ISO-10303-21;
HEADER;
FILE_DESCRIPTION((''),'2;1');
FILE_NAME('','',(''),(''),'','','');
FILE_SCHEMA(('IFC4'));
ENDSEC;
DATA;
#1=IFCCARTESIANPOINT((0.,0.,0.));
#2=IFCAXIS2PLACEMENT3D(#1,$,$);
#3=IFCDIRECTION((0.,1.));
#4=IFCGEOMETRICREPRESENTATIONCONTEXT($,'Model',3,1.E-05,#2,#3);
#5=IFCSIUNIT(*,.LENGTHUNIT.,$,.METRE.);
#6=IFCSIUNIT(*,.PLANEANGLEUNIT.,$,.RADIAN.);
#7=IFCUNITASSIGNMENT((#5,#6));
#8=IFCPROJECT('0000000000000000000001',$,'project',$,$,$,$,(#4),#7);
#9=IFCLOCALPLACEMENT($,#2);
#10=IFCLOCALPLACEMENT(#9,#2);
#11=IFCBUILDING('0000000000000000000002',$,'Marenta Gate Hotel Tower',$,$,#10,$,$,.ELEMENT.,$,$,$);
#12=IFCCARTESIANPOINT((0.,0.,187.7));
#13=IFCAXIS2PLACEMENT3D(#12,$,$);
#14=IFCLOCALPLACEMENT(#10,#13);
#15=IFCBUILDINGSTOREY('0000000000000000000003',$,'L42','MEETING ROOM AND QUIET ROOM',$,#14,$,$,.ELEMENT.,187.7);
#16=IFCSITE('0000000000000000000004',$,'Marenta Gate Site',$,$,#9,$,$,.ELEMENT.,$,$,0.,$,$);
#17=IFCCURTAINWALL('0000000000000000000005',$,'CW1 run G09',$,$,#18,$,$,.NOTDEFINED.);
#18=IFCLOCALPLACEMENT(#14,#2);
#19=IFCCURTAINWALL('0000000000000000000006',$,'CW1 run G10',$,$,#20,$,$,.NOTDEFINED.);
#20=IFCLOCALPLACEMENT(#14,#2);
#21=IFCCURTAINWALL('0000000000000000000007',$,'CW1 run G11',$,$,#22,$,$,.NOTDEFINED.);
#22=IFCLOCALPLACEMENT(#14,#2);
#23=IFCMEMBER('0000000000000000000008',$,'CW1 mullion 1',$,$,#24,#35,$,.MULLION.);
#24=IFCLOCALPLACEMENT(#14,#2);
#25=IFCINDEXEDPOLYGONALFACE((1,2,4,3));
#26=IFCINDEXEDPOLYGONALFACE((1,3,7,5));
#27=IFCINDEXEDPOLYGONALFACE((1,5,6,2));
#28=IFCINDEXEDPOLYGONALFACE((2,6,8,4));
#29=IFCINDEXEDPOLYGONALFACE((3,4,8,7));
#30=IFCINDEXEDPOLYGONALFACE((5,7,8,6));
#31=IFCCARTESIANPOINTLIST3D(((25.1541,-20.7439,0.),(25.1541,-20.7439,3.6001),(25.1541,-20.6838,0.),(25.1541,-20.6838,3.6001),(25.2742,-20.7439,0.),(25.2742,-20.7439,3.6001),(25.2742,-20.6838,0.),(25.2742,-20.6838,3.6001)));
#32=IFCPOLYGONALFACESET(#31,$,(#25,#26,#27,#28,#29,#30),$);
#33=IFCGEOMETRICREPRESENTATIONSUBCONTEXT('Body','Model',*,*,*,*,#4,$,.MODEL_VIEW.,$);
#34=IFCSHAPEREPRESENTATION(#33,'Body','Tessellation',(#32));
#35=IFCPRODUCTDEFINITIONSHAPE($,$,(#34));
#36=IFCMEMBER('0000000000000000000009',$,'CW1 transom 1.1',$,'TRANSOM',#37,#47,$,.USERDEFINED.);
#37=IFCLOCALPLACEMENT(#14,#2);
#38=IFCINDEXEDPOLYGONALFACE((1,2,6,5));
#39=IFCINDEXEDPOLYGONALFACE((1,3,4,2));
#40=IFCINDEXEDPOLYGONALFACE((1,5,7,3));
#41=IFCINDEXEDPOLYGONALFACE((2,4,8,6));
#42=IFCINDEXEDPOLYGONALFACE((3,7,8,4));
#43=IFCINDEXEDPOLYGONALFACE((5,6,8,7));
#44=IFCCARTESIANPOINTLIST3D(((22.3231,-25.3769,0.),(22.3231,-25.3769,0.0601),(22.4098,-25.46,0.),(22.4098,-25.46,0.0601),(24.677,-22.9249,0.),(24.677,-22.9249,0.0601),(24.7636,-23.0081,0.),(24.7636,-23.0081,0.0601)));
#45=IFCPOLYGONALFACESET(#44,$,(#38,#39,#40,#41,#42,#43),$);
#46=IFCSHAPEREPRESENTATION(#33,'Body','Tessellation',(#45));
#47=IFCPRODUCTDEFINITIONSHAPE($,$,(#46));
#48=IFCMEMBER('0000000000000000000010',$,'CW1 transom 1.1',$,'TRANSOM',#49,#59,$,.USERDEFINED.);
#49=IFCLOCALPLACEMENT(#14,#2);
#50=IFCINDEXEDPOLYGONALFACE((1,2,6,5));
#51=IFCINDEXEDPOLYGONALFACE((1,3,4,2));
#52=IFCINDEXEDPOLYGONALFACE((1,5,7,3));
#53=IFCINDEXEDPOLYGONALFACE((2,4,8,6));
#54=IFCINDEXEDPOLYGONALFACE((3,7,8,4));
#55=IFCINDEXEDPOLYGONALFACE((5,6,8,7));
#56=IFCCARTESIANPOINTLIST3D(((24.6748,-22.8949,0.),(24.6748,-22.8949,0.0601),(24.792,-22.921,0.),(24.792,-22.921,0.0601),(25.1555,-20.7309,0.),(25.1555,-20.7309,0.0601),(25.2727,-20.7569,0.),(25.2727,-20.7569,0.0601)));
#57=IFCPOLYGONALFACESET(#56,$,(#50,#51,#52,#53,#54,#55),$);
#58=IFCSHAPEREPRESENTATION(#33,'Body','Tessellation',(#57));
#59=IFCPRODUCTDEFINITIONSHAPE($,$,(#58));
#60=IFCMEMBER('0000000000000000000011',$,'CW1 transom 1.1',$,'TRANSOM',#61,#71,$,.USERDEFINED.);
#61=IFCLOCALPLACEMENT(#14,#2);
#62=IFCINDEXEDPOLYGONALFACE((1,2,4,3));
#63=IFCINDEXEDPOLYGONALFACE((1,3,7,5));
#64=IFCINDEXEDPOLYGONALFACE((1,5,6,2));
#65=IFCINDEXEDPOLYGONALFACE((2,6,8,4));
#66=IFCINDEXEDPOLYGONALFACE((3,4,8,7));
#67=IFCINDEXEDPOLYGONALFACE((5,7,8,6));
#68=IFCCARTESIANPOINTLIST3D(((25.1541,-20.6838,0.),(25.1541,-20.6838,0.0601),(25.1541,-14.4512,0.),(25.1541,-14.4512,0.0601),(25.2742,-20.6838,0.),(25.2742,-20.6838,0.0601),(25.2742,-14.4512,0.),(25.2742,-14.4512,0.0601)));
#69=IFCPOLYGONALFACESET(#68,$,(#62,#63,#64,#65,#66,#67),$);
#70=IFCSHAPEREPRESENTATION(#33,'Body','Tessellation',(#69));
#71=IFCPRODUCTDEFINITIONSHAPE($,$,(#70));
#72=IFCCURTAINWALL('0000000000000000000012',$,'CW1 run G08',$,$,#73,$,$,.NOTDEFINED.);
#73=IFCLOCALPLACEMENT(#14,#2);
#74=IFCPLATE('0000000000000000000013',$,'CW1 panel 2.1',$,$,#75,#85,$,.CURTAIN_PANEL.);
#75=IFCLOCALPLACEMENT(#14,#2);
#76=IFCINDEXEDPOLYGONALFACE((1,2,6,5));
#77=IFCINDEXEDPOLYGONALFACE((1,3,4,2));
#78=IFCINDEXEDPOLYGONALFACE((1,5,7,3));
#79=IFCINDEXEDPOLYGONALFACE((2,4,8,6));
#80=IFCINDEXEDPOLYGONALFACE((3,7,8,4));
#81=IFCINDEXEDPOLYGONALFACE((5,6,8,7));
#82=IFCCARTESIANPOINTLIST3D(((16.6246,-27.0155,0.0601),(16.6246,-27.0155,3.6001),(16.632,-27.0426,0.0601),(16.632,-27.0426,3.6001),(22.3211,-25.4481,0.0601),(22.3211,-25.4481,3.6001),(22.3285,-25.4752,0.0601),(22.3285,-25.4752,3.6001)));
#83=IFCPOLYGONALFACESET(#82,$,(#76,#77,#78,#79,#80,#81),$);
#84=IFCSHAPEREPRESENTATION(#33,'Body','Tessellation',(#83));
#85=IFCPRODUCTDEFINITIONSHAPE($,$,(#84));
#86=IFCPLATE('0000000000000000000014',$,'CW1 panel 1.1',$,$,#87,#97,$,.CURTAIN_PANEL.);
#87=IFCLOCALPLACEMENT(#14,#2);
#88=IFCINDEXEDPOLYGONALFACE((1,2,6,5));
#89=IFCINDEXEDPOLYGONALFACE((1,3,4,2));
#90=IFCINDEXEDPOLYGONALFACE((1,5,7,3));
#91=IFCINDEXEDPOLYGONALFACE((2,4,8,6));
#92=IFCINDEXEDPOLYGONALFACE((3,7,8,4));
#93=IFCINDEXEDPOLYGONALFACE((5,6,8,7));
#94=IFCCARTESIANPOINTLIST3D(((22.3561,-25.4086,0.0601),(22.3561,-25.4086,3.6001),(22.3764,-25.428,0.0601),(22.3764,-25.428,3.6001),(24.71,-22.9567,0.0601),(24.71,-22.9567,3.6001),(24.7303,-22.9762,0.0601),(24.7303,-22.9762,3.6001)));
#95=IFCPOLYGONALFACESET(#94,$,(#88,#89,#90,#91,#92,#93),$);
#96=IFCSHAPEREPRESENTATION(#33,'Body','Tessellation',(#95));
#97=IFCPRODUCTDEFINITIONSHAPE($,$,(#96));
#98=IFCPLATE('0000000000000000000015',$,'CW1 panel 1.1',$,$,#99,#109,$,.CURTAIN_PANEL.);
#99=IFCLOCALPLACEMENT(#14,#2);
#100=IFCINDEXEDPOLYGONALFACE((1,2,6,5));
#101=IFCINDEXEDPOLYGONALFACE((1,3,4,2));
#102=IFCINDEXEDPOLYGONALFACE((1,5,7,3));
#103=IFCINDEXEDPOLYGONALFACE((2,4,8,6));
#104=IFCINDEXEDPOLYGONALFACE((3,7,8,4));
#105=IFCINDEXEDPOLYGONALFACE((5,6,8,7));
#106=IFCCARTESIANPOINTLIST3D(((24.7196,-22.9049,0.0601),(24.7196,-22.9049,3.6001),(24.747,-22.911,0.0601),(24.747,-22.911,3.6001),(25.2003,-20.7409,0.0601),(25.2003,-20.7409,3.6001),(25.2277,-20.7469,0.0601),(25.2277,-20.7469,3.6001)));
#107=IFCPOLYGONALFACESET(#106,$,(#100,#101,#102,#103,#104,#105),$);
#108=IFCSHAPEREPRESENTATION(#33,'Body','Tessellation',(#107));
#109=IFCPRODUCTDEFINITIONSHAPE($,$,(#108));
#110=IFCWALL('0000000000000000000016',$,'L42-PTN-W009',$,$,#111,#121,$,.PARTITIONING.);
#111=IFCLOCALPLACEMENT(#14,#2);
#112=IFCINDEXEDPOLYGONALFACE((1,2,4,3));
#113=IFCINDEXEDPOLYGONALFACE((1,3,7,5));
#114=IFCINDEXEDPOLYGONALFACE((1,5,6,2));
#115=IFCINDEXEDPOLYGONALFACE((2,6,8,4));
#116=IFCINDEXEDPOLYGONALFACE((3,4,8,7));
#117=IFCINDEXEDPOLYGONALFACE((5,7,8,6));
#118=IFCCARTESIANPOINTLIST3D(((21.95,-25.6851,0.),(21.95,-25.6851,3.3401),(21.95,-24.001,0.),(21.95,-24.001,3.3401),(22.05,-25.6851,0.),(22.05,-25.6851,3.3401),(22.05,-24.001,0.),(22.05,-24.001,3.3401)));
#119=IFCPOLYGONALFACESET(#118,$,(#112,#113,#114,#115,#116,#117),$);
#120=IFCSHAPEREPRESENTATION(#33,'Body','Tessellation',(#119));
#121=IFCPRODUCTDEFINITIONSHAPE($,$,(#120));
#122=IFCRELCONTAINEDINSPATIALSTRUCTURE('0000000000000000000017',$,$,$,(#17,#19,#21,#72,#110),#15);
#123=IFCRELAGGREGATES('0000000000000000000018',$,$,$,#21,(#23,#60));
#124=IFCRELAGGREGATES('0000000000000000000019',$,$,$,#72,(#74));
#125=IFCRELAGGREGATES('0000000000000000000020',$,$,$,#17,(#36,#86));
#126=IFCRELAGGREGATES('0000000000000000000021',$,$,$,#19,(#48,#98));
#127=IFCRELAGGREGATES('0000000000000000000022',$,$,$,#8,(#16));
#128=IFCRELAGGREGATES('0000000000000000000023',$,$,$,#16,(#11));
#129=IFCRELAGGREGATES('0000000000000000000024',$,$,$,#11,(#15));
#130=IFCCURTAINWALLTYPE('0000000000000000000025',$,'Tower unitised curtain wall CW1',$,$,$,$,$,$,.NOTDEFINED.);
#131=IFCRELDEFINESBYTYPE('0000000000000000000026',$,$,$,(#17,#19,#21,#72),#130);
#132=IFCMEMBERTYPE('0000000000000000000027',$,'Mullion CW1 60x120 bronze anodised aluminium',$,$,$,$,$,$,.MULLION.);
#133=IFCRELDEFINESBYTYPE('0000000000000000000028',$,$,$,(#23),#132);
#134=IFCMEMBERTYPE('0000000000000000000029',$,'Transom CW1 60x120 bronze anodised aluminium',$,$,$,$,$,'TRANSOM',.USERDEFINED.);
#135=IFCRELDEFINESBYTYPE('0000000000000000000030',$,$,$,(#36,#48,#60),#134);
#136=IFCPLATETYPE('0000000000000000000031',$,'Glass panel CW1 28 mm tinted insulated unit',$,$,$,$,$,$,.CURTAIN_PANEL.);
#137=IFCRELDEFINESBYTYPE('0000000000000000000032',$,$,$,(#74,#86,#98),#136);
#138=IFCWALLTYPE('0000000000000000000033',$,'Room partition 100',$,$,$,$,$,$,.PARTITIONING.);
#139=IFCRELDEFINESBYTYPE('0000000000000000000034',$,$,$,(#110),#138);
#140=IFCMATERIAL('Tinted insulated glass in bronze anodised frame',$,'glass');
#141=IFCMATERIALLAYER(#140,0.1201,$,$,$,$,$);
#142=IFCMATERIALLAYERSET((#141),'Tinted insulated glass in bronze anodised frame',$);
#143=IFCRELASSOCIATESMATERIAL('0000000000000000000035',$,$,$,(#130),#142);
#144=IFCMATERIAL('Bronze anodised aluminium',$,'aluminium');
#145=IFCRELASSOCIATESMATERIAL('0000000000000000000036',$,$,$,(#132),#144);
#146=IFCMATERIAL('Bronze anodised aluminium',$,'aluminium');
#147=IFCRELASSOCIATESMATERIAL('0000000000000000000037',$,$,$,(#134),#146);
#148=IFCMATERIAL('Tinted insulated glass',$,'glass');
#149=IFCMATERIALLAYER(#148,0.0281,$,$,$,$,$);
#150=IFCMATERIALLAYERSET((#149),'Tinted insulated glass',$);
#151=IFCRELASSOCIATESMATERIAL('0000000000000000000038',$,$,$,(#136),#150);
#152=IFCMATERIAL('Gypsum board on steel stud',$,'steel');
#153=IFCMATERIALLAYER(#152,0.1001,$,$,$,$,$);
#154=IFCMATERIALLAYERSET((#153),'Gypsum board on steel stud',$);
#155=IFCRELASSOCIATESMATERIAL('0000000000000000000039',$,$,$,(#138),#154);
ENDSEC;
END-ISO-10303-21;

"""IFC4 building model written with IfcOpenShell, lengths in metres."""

from ifc_helpers import new_model, si_unit, direction, frame, frame_2d, origin, origin_2d, place, context, subcontext, project, spatial, rectangle, extrude, material, layer, layer_set, material_profile, profile_set, type_object, element, aggregate, save


model = new_model("IFC4")

# Units and contexts
model_context = context("Model", 3, precision=1e-05, world=origin(), true_north=direction((0.0, 1.0)))
body_context = subcontext(model_context, "Body", "Model", "MODEL_VIEW")
ifc_project = project(units=[si_unit("LENGTHUNIT", "METRE"), si_unit("PLANEANGLEUNIT", "RADIAN")], contexts=[model_context])

# Site, building, storey
site_placement = place(None, origin())
site = spatial("IfcSite", under=ifc_project, at=site_placement, Name="Marenta Gate Site", CompositionType="ELEMENT", RefElevation=0.0)
building_placement = place(site_placement, origin())
building = spatial("IfcBuilding", under=site, at=building_placement, Name="Marenta Gate Hotel Tower", CompositionType="ELEMENT")
storey_placement = place(building_placement, frame((0.0, 0.0, 187.7)))
storey = spatial("IfcBuildingStorey", under=building, at=storey_placement, Name="L42", Description="MEETING ROOM AND QUIET ROOM", CompositionType="ELEMENT", Elevation=187.7)

# Curtain walls, member
ifc_material_1 = material(Name="Tinted insulated glass in bronze anodised frame", Category="glass")
ifc_layer_1 = layer(ifc_material_1, 0.1201)
ifc_layer_set_1 = layer_set([ifc_layer_1], Name="Tinted insulated glass in bronze anodised frame")
curtain_wall_type = type_object("IfcCurtainWallType", Name="Tower unitised curtain wall CW1", PredefinedType="NOTDEFINED", material=ifc_layer_set_1)
curtain_wall_1_placement = place(storey_placement, origin())
curtain_wall_1 = element("IfcCurtainWall", 1, at=curtain_wall_1_placement, inside=storey, type_object=curtain_wall_type, Name="CW1 run G09", PredefinedType="NOTDEFINED")
ifc_material_2 = material(Name="Bronze anodised aluminium", Category="aluminium")
ifc_material_profile_1 = material_profile(ifc_material_2, rectangle(XDim=0.1201, YDim=0.0601, at=origin_2d()), Name="Mullion CW1 60x120 bronze anodised aluminium")
ifc_profile_set_1 = profile_set([ifc_material_profile_1], Name="Bronze anodised aluminium")
member_type_1 = type_object("IfcMemberType", Name="Mullion CW1 60x120 bronze anodised aluminium", PredefinedType="MULLION", material=ifc_profile_set_1)
curtain_wall_2_placement = place(storey_placement, origin())
curtain_wall_2 = element("IfcCurtainWall", 2, at=curtain_wall_2_placement, inside=storey, type_object=curtain_wall_type, Name="CW1 run G10", PredefinedType="NOTDEFINED")
curtain_wall_3_placement = place(storey_placement, origin())
curtain_wall_3 = element("IfcCurtainWall", 3, at=curtain_wall_3_placement, inside=storey, type_object=curtain_wall_type, Name="CW1 run G11", PredefinedType="NOTDEFINED")
member_1_placement = place(storey_placement, frame((25.2141, -20.7139, 0.0), z_axis=(0.0, 0.0, 1.0), x_axis=(-1.0, 0.0, 0.0)))
member_1 = element("IfcMember", 4, at=member_1_placement, type_object=member_type_1, Name="CW1 mullion 1", PredefinedType="MULLION", context=body_context, shape_type="SweptSolid", body=[
    extrude(rectangle(XDim=0.1201, YDim=0.0601, at=origin_2d()), origin(), (0.0, 0.0, 1.0), 3.6001),
])

# Members
ifc_material_3 = material(Name="Bronze anodised aluminium", Category="aluminium")
ifc_material_profile_2 = material_profile(ifc_material_3, rectangle(XDim=0.1201, YDim=0.0601, at=origin_2d()), Name="Transom CW1 60x120 bronze anodised aluminium")
ifc_profile_set_2 = profile_set([ifc_material_profile_2], Name="Bronze anodised aluminium")
member_type_2 = type_object("IfcMemberType", Name="Transom CW1 60x120 bronze anodised aluminium", ElementType="TRANSOM", PredefinedType="USERDEFINED", material=ifc_profile_set_2)
member_2_placement = place(storey_placement, frame((22.3665, -25.4185, 0.03), z_axis=(0.692521, 0.721397, 0.0), x_axis=(-0.721397, 0.692521, 0.0)))
member_2 = element("IfcMember", 5, at=member_2_placement, type_object=member_type_2, Name="CW1 transom 1.1", ObjectType="TRANSOM", PredefinedType="USERDEFINED", context=body_context, shape_type="SweptSolid", body=[
    extrude(rectangle(XDim=0.1201, YDim=0.0601, at=origin_2d()), origin(), (0.0, 0.0, 1.0), 3.3989),
])
member_3_placement = place(storey_placement, frame((24.7334, -22.908, 0.03), z_axis=(0.216849, 0.976205, 0.0), x_axis=(-0.976205, 0.216849, 0.0)))
member_3 = element("IfcMember", 6, at=member_3_placement, type_object=member_type_2, Name="CW1 transom 1.1", ObjectType="TRANSOM", PredefinedType="USERDEFINED", context=body_context, shape_type="SweptSolid", body=[
    extrude(rectangle(XDim=0.1201, YDim=0.0601, at=origin_2d()), origin(), (0.0, 0.0, 1.0), 2.2168),
])
member_4_placement = place(storey_placement, frame((25.2141, -20.6838, 0.03), z_axis=(0.0, 1.0, 0.0), x_axis=(-1.0, 0.0, 0.0)))
member_4 = element("IfcMember", 7, at=member_4_placement, type_object=member_type_2, Name="CW1 transom 1.1", ObjectType="TRANSOM", PredefinedType="USERDEFINED", context=body_context, shape_type="SweptSolid", body=[
    extrude(rectangle(XDim=0.1201, YDim=0.0601, at=origin_2d()), origin(), (0.0, 0.0, 1.0), 6.2327),
])
aggregate(curtain_wall_3, [member_1, member_4])

# Curtain wall, plate
curtain_wall_4_placement = place(storey_placement, origin())
curtain_wall_4 = element("IfcCurtainWall", 8, at=curtain_wall_4_placement, inside=storey, type_object=curtain_wall_type, Name="CW1 run G08", PredefinedType="NOTDEFINED")
ifc_material_4 = material(Name="Tinted insulated glass", Category="glass")
ifc_layer_2 = layer(ifc_material_4, 0.0281)
ifc_layer_set_2 = layer_set([ifc_layer_2], Name="Tinted insulated glass")
plate_type = type_object("IfcPlateType", Name="Glass panel CW1 28 mm tinted insulated unit", PredefinedType="CURTAIN_PANEL", material=ifc_layer_set_2)
plate_1_placement = place(storey_placement, frame((19.4766, -26.2454, 0.0601), z_axis=(0.0, 0.0, 1.0), x_axis=(0.964168, 0.265293, 0.0)))
plate_1 = element("IfcPlate", 9, at=plate_1_placement, type_object=plate_type, Name="CW1 panel 2.1", PredefinedType="CURTAIN_PANEL", context=body_context, shape_type="SweptSolid", body=[
    extrude(rectangle(XDim=5.9082, YDim=0.0281, at=origin_2d()), origin(), (0.0, 0.0, 1.0), 3.54),
])
aggregate(curtain_wall_4, [plate_1])

# Plates
plate_2_placement = place(storey_placement, frame((23.5432, -24.1924, 0.0601), z_axis=(0.0, 0.0, 1.0), x_axis=(0.692548, 0.721372, 0.0)))
plate_2 = element("IfcPlate", 10, at=plate_2_placement, type_object=plate_type, Name="CW1 panel 1.1", PredefinedType="CURTAIN_PANEL", context=body_context, shape_type="SweptSolid", body=[
    extrude(rectangle(XDim=3.3989, YDim=0.0281, at=origin_2d()), origin(), (0.0, 0.0, 1.0), 3.54),
])
aggregate(curtain_wall_1, [member_2, plate_2])
plate_3_placement = place(storey_placement, frame((24.9736, -21.8259, 0.0601), z_axis=(0.0, 0.0, 1.0), x_axis=(0.216842, 0.976207, 0.0)))
plate_3 = element("IfcPlate", 11, at=plate_3_placement, type_object=plate_type, Name="CW1 panel 1.1", PredefinedType="CURTAIN_PANEL", context=body_context, shape_type="SweptSolid", body=[
    extrude(rectangle(XDim=2.2168, YDim=0.0281, at=origin_2d()), origin(), (0.0, 0.0, 1.0), 3.54),
])
aggregate(curtain_wall_2, [member_3, plate_3])

# Wall
ifc_material_5 = material(Name="Gypsum board on steel stud", Category="steel")
ifc_layer_3 = layer(ifc_material_5, 0.1001)
ifc_layer_set_3 = layer_set([ifc_layer_3], Name="Gypsum board on steel stud")
wall_type = type_object("IfcWallType", Name="Room partition 100", PredefinedType="PARTITIONING", material=ifc_layer_set_3)
wall_placement = place(storey_placement, frame((22.0, -25.6851, 0.0), z_axis=(0.0, 0.0, 1.0), x_axis=(0.0, 1.0, 0.0)))
element("IfcWall", 12, at=wall_placement, inside=storey, type_object=wall_type, Name="L42-PTN-W009", PredefinedType="PARTITIONING", context=body_context, shape_type="SweptSolid", body=[
    extrude(rectangle(XDim=1.6841, YDim=0.1001, at=frame_2d((0.842, 0.0))), origin(), (0.0, 0.0, 1.0), 3.3401),
])

save(model, "model.ifc")
